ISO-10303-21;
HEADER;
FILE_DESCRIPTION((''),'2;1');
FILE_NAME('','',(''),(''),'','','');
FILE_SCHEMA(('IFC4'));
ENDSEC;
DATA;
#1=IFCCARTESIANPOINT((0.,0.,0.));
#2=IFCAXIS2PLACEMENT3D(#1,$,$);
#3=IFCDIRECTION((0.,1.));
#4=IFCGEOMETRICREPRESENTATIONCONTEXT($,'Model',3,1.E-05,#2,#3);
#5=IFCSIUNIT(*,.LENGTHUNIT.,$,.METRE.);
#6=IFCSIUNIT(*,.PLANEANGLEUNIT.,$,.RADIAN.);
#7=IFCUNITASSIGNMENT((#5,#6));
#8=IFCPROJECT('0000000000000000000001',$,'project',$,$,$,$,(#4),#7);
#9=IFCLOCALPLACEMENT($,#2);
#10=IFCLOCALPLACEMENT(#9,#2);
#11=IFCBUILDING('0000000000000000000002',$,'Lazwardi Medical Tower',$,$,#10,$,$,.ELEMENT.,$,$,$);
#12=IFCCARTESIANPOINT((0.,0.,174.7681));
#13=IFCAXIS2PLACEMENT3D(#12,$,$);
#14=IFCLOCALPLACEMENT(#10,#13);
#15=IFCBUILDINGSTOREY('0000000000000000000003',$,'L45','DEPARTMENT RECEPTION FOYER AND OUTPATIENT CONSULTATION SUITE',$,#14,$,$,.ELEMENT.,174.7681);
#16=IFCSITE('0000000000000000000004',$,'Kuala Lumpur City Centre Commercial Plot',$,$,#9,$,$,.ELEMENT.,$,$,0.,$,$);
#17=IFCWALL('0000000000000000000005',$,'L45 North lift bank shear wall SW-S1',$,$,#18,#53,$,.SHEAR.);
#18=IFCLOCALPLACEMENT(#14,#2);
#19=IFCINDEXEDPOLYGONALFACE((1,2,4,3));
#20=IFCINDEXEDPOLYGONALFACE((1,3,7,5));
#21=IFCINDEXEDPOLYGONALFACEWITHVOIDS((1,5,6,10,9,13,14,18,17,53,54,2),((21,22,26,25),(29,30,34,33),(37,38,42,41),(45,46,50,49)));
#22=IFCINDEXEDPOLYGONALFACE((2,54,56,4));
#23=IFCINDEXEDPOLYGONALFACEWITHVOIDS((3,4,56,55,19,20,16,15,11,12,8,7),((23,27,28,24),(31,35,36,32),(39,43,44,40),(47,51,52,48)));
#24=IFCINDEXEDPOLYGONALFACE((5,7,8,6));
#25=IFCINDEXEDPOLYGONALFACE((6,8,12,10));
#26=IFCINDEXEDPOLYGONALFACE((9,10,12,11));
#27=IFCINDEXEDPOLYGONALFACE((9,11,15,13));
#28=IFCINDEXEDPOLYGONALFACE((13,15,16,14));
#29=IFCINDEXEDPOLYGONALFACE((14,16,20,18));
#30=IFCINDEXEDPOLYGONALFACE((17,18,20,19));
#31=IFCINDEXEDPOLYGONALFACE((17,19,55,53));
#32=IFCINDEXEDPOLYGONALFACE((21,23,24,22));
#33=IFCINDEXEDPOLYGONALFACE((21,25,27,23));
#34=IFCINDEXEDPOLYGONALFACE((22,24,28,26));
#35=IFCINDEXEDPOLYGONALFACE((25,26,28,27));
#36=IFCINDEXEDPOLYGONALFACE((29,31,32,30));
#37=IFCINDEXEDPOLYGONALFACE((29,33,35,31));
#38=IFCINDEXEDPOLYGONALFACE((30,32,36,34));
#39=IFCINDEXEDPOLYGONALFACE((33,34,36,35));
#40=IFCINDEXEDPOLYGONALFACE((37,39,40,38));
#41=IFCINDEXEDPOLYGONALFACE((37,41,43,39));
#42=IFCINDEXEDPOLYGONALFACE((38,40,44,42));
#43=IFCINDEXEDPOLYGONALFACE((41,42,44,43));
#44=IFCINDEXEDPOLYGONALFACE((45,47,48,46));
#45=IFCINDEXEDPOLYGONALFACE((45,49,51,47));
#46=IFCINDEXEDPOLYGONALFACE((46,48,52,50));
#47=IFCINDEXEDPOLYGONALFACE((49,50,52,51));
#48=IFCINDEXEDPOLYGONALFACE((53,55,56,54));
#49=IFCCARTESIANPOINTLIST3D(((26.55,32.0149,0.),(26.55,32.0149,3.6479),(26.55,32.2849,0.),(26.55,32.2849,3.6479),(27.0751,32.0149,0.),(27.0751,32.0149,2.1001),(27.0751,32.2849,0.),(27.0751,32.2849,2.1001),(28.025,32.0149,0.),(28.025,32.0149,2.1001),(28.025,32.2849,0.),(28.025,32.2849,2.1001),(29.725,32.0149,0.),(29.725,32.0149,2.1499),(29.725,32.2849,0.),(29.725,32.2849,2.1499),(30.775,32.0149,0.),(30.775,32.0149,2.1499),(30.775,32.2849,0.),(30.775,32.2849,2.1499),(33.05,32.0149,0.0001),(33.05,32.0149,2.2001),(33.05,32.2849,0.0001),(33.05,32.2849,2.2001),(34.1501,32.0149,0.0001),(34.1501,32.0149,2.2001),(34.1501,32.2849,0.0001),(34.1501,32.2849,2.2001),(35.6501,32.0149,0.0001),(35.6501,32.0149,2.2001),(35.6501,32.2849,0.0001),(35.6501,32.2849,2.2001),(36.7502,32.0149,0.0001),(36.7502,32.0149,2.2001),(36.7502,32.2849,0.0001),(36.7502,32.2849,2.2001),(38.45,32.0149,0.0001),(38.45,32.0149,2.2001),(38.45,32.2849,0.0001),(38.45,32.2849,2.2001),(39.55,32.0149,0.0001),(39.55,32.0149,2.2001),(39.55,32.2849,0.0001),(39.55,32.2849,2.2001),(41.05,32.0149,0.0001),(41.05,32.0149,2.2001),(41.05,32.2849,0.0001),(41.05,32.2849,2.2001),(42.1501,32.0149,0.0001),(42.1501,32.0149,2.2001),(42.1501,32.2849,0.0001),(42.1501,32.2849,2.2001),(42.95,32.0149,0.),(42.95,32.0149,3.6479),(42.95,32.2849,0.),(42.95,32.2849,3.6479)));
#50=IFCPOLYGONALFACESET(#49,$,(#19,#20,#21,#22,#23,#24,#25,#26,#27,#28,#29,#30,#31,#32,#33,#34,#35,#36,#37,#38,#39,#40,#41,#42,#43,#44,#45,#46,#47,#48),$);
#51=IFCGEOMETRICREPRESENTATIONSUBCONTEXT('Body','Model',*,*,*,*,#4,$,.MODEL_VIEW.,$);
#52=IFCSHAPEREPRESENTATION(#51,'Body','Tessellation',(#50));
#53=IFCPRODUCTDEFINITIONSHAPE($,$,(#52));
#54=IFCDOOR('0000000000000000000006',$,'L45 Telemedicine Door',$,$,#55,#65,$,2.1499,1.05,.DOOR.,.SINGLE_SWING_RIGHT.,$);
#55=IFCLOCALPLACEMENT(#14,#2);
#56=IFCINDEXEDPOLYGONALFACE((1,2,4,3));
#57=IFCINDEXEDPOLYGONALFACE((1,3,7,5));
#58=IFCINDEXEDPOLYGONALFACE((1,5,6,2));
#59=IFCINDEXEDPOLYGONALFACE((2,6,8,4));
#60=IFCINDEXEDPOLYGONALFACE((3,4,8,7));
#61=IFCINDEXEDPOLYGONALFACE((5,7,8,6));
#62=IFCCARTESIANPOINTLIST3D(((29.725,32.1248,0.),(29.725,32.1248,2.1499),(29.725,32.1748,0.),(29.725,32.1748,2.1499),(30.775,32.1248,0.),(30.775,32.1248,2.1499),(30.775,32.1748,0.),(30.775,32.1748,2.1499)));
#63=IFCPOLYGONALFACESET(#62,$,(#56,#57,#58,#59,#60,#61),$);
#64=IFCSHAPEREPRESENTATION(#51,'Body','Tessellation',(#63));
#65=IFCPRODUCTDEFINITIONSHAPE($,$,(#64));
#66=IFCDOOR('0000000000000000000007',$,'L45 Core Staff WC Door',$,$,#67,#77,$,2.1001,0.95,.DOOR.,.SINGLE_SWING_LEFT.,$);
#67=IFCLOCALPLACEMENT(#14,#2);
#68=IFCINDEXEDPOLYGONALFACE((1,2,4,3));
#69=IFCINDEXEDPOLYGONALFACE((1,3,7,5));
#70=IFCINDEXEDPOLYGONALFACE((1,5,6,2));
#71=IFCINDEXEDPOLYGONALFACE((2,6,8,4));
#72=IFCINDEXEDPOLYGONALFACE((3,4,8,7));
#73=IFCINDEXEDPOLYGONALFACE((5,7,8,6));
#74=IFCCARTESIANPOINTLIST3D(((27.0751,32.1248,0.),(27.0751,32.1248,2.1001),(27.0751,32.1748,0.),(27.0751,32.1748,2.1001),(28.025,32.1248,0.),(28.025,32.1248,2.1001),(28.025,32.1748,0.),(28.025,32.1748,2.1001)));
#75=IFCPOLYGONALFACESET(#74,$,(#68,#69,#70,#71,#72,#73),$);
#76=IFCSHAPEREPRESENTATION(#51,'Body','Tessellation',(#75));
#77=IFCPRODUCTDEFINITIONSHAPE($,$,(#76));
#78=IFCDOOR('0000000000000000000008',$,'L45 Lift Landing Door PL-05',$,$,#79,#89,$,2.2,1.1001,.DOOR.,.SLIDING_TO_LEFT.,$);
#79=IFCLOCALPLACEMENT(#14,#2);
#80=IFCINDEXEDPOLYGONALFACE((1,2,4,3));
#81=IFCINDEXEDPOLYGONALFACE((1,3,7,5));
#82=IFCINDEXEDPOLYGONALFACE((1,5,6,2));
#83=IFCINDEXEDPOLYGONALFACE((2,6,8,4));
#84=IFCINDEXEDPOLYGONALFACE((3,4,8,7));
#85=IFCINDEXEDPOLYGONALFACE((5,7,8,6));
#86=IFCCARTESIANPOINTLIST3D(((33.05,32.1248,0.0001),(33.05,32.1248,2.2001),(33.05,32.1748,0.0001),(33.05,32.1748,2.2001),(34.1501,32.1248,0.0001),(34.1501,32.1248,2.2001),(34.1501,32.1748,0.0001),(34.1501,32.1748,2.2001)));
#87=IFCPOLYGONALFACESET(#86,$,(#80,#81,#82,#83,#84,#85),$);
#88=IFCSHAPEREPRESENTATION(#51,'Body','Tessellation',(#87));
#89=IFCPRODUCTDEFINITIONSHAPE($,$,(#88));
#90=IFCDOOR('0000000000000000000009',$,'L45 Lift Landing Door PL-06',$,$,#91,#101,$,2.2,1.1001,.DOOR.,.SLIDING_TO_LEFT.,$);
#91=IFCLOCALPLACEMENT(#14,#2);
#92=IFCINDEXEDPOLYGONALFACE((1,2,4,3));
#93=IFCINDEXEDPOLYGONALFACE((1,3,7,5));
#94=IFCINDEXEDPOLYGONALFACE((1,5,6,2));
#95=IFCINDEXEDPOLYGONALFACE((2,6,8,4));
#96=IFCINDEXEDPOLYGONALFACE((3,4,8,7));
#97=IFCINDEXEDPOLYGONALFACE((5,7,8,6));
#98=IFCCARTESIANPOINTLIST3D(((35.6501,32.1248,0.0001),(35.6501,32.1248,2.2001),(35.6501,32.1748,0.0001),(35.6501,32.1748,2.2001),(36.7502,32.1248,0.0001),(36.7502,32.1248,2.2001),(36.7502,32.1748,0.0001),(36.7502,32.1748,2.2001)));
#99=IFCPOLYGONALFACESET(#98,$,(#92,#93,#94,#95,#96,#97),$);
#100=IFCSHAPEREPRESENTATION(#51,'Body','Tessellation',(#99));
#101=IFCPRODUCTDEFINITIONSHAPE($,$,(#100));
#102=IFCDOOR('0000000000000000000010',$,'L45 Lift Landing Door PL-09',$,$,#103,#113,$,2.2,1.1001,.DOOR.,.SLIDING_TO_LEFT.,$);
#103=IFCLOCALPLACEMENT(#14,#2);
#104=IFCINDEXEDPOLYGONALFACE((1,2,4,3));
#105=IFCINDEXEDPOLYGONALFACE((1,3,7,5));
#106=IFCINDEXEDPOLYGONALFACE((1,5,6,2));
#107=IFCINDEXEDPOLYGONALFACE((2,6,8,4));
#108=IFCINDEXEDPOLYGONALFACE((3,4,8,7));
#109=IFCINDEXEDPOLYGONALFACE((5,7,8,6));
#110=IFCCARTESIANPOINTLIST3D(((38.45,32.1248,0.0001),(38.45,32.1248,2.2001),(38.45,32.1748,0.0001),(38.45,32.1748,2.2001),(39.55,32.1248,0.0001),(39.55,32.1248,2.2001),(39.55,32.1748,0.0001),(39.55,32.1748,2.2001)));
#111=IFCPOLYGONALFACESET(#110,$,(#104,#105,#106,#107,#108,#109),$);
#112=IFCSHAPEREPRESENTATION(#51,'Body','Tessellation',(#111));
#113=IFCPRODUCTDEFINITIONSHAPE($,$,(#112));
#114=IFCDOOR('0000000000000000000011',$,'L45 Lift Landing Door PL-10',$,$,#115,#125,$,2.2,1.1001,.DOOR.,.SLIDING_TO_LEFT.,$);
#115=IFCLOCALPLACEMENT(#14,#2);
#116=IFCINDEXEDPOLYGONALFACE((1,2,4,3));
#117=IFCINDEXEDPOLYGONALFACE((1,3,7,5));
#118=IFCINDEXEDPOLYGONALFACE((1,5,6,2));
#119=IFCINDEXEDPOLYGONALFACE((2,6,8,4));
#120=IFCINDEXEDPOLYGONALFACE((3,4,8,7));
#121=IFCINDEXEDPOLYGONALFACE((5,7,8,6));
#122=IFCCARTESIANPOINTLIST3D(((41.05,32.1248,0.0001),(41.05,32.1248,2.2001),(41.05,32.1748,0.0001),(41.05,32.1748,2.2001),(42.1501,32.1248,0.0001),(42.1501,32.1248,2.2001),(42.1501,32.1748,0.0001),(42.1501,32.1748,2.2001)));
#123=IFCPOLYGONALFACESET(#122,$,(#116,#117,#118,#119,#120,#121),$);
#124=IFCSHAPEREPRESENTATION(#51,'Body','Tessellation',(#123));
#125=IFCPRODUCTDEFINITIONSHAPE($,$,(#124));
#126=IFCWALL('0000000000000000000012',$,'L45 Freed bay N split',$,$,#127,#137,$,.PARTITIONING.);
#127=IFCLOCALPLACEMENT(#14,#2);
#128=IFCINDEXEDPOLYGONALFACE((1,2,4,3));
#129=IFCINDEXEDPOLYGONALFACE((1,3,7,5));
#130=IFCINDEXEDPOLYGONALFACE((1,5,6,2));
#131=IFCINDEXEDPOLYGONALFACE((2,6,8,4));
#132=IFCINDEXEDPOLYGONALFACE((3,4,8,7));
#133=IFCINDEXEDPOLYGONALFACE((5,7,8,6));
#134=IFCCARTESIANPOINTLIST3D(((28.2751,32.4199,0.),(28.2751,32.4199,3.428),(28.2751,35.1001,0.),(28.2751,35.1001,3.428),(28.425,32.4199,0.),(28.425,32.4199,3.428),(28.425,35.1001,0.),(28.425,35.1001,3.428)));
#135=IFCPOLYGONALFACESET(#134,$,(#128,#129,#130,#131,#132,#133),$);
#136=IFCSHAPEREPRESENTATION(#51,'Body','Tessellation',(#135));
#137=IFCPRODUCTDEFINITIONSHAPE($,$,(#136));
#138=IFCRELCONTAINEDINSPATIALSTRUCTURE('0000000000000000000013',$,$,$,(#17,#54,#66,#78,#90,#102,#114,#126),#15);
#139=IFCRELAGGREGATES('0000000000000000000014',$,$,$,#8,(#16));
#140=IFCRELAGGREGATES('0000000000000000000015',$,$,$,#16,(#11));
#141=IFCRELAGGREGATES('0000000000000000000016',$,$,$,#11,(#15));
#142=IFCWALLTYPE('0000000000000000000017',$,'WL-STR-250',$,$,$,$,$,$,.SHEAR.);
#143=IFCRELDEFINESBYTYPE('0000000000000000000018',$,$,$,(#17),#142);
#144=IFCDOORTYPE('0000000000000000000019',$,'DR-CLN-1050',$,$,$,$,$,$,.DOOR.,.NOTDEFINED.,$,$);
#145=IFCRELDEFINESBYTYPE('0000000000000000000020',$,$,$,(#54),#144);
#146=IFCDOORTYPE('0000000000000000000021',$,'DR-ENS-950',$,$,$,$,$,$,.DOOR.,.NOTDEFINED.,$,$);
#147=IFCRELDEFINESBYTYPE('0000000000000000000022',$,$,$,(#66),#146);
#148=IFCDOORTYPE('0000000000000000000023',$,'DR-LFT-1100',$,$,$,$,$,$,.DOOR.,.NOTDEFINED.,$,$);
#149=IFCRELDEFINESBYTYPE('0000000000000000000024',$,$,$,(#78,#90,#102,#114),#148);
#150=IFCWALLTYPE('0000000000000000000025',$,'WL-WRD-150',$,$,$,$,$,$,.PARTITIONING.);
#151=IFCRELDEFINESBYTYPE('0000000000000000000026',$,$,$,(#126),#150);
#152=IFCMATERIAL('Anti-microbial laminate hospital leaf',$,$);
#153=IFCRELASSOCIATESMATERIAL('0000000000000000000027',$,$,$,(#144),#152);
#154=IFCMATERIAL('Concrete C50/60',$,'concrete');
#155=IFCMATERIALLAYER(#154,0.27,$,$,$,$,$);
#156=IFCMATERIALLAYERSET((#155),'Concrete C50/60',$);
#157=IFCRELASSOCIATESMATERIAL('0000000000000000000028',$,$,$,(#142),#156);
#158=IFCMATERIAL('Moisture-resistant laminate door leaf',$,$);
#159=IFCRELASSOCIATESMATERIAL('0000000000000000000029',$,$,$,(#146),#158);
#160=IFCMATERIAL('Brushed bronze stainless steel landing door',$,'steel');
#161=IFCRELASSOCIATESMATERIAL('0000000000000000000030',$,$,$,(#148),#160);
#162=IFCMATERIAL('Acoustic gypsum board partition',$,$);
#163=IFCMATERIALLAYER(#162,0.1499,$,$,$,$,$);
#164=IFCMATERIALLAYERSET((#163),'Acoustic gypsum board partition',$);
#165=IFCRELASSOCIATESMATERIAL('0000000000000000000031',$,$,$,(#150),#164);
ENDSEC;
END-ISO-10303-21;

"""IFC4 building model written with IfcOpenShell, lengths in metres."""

from ifc_helpers import new_model, si_unit, direction, frame, frame_2d, origin, place, context, subcontext, project, spatial, rectangle, extrude, material, layer, layer_set, type_object, element, fill, save


model = new_model("IFC4")

# Units and contexts
model_context = context("Model", 3, precision=1e-05, world=origin(), true_north=direction((0.0, 1.0)))
body_context = subcontext(model_context, "Body", "Model", "MODEL_VIEW")
ifc_project = project(units=[si_unit("LENGTHUNIT", "METRE"), si_unit("PLANEANGLEUNIT", "RADIAN")], contexts=[model_context])

# Site, building, storey
site_placement = place(None, origin())
site = spatial("IfcSite", under=ifc_project, at=site_placement, Name="Kuala Lumpur City Centre Commercial Plot", CompositionType="ELEMENT", RefElevation=0.0)
building_placement = place(site_placement, origin())
building = spatial("IfcBuilding", under=site, at=building_placement, Name="Lazwardi Medical Tower", CompositionType="ELEMENT")
storey_placement = place(building_placement, frame((0.0, 0.0, 174.7681)))
storey = spatial("IfcBuildingStorey", under=building, at=storey_placement, Name="L45", Description="DEPARTMENT RECEPTION FOYER AND OUTPATIENT CONSULTATION SUITE", CompositionType="ELEMENT", Elevation=174.7681)

# Shared definitions
ifc_material_1 = material(Name="Anti-microbial laminate hospital leaf")
door_type_1 = type_object("IfcDoorType", Name="DR-CLN-1050", OperationType="NOTDEFINED", PredefinedType="DOOR", material=ifc_material_1)

# Shared definitions
ifc_material_2 = material(Name="Concrete C50/60", Category="concrete")
ifc_layer_1 = layer(ifc_material_2, 0.27)
ifc_layer_set_1 = layer_set([ifc_layer_1], Name="Concrete C50/60")
wall_type_1 = type_object("IfcWallType", Name="WL-STR-250", PredefinedType="SHEAR", material=ifc_layer_set_1)

# Wall, openings, doors
wall_1_placement = place(storey_placement, frame((26.55, 32.1499, 0.0), z_axis=(0.0, 0.0, 1.0), x_axis=(1.0, 0.0, 0.0)))
wall_1 = element("IfcWall", 1, at=wall_1_placement, inside=storey, type_object=wall_type_1, Name="L45 North lift bank shear wall SW-S1", PredefinedType="SHEAR", context=body_context, shape_type="SweptSolid", body=[
    extrude(rectangle(XDim=16.3999, YDim=0.27, at=frame_2d((8.2, 0.0))), origin(), (0.0, 0.0, 1.0), 3.6479),
])
opening_1_placement = place(wall_1_placement, frame((0.5249, 0.0, 0.0)))
opening_1 = element("IfcOpeningElement", 2, at=opening_1_placement, cuts=wall_1, PredefinedType="OPENING", context=body_context, shape_type="SweptSolid", body=[
    extrude(rectangle(XDim=0.95, YDim=2.1001, at=frame_2d((0.4751, 1.05))), frame((0.0, 0.145, 0.0), z_axis=(0.0, -1.0, 0.0), x_axis=(1.0, 0.0, 0.0)), (0.0, 0.0, 1.0), 0.29),
])
opening_2_placement = place(wall_1_placement, frame((3.175, 0.0, 0.0)))
opening_2 = element("IfcOpeningElement", 3, at=opening_2_placement, cuts=wall_1, PredefinedType="OPENING", context=body_context, shape_type="SweptSolid", body=[
    extrude(rectangle(XDim=1.05, YDim=2.1499, at=frame_2d((0.5249, 1.075))), frame((0.0, 0.145, 0.0), z_axis=(0.0, -1.0, 0.0), x_axis=(1.0, 0.0, 0.0)), (0.0, 0.0, 1.0), 0.29),
])
opening_3_placement = place(wall_1_placement, frame((6.5, 0.0, 0.0)))
opening_3 = element("IfcOpeningElement", 4, at=opening_3_placement, cuts=wall_1, PredefinedType="OPENING", context=body_context, shape_type="SweptSolid", body=[
    extrude(rectangle(XDim=1.1001, YDim=2.2, at=frame_2d((0.55, 1.1001))), frame((0.0, 0.145, 0.0), z_axis=(0.0, -1.0, 0.0), x_axis=(1.0, 0.0, 0.0)), (0.0, 0.0, 1.0), 0.29),
])
opening_4_placement = place(wall_1_placement, frame((9.1001, 0.0, 0.0)))
opening_4 = element("IfcOpeningElement", 5, at=opening_4_placement, cuts=wall_1, PredefinedType="OPENING", context=body_context, shape_type="SweptSolid", body=[
    extrude(rectangle(XDim=1.1001, YDim=2.2, at=frame_2d((0.55, 1.1001))), frame((0.0, 0.145, 0.0), z_axis=(0.0, -1.0, 0.0), x_axis=(1.0, 0.0, 0.0)), (0.0, 0.0, 1.0), 0.29),
])
opening_5_placement = place(wall_1_placement, frame((11.8999, 0.0, 0.0)))
opening_5 = element("IfcOpeningElement", 6, at=opening_5_placement, cuts=wall_1, PredefinedType="OPENING", context=body_context, shape_type="SweptSolid", body=[
    extrude(rectangle(XDim=1.1001, YDim=2.2, at=frame_2d((0.55, 1.1001))), frame((0.0, 0.145, 0.0), z_axis=(0.0, -1.0, 0.0), x_axis=(1.0, 0.0, 0.0)), (0.0, 0.0, 1.0), 0.29),
])
opening_6_placement = place(wall_1_placement, frame((14.5, 0.0, 0.0)))
opening_6 = element("IfcOpeningElement", 7, at=opening_6_placement, cuts=wall_1, PredefinedType="OPENING", context=body_context, shape_type="SweptSolid", body=[
    extrude(rectangle(XDim=1.1001, YDim=2.2, at=frame_2d((0.55, 1.1001))), frame((0.0, 0.145, 0.0), z_axis=(0.0, -1.0, 0.0), x_axis=(1.0, 0.0, 0.0)), (0.0, 0.0, 1.0), 0.29),
])
door_1_placement = place(opening_2_placement, origin())
door_1 = element("IfcDoor", 8, at=door_1_placement, inside=storey, type_object=door_type_1, Name="L45 Telemedicine Door", OperationType="SINGLE_SWING_RIGHT", OverallHeight=2.1499, OverallWidth=1.05, PredefinedType="DOOR", context=body_context, shape_type="SweptSolid", body=[
    extrude(rectangle(XDim=1.05, YDim=2.1499, at=frame_2d((0.5249, 1.075))), frame((0.0, 0.0249, 0.0), z_axis=(0.0, -1.0, 0.0), x_axis=(1.0, 0.0, 0.0)), (0.0, 0.0, 1.0), 0.05),
])
fill(opening_2, door_1)
ifc_material_3 = material(Name="Moisture-resistant laminate door leaf")
door_type_2 = type_object("IfcDoorType", Name="DR-ENS-950", OperationType="NOTDEFINED", PredefinedType="DOOR", material=ifc_material_3)
door_2_placement = place(opening_1_placement, origin())
door_2 = element("IfcDoor", 9, at=door_2_placement, inside=storey, type_object=door_type_2, Name="L45 Core Staff WC Door", OperationType="SINGLE_SWING_LEFT", OverallHeight=2.1001, OverallWidth=0.95, PredefinedType="DOOR", context=body_context, shape_type="SweptSolid", body=[
    extrude(rectangle(XDim=0.95, YDim=2.1001, at=frame_2d((0.4751, 1.05))), frame((0.0, 0.0249, 0.0), z_axis=(0.0, -1.0, 0.0), x_axis=(1.0, 0.0, 0.0)), (0.0, 0.0, 1.0), 0.05),
])
fill(opening_1, door_2)
ifc_material_4 = material(Name="Brushed bronze stainless steel landing door", Category="steel")
door_type_3 = type_object("IfcDoorType", Name="DR-LFT-1100", OperationType="NOTDEFINED", PredefinedType="DOOR", material=ifc_material_4)
door_3_placement = place(opening_3_placement, origin())
door_3 = element("IfcDoor", 10, at=door_3_placement, inside=storey, type_object=door_type_3, Name="L45 Lift Landing Door PL-05", OperationType="SLIDING_TO_LEFT", OverallHeight=2.2, OverallWidth=1.1001, PredefinedType="DOOR", context=body_context, shape_type="SweptSolid", body=[
    extrude(rectangle(XDim=1.1001, YDim=2.2, at=frame_2d((0.55, 1.1001))), frame((0.0, 0.0249, 0.0), z_axis=(0.0, -1.0, 0.0), x_axis=(1.0, 0.0, 0.0)), (0.0, 0.0, 1.0), 0.05),
])
fill(opening_3, door_3)
door_4_placement = place(opening_4_placement, origin())
door_4 = element("IfcDoor", 11, at=door_4_placement, inside=storey, type_object=door_type_3, Name="L45 Lift Landing Door PL-06", OperationType="SLIDING_TO_LEFT", OverallHeight=2.2, OverallWidth=1.1001, PredefinedType="DOOR", context=body_context, shape_type="SweptSolid", body=[
    extrude(rectangle(XDim=1.1001, YDim=2.2, at=frame_2d((0.55, 1.1001))), frame((0.0, 0.0249, 0.0), z_axis=(0.0, -1.0, 0.0), x_axis=(1.0, 0.0, 0.0)), (0.0, 0.0, 1.0), 0.05),
])
fill(opening_4, door_4)
door_5_placement = place(opening_5_placement, origin())
door_5 = element("IfcDoor", 12, at=door_5_placement, inside=storey, type_object=door_type_3, Name="L45 Lift Landing Door PL-09", OperationType="SLIDING_TO_LEFT", OverallHeight=2.2, OverallWidth=1.1001, PredefinedType="DOOR", context=body_context, shape_type="SweptSolid", body=[
    extrude(rectangle(XDim=1.1001, YDim=2.2, at=frame_2d((0.55, 1.1001))), frame((0.0, 0.0249, 0.0), z_axis=(0.0, -1.0, 0.0), x_axis=(1.0, 0.0, 0.0)), (0.0, 0.0, 1.0), 0.05),
])
fill(opening_5, door_5)
door_6_placement = place(opening_6_placement, origin())
door_6 = element("IfcDoor", 13, at=door_6_placement, inside=storey, type_object=door_type_3, Name="L45 Lift Landing Door PL-10", OperationType="SLIDING_TO_LEFT", OverallHeight=2.2, OverallWidth=1.1001, PredefinedType="DOOR", context=body_context, shape_type="SweptSolid", body=[
    extrude(rectangle(XDim=1.1001, YDim=2.2, at=frame_2d((0.55, 1.1001))), frame((0.0, 0.0249, 0.0), z_axis=(0.0, -1.0, 0.0), x_axis=(1.0, 0.0, 0.0)), (0.0, 0.0, 1.0), 0.05),
])
fill(opening_6, door_6)

# Wall
ifc_material_5 = material(Name="Acoustic gypsum board partition")
ifc_layer_2 = layer(ifc_material_5, 0.1499)
ifc_layer_set_2 = layer_set([ifc_layer_2], Name="Acoustic gypsum board partition")
wall_type_2 = type_object("IfcWallType", Name="WL-WRD-150", PredefinedType="PARTITIONING", material=ifc_layer_set_2)
wall_2_placement = place(storey_placement, frame((28.3501, 32.4199, 0.0), z_axis=(0.0, 0.0, 1.0), x_axis=(0.0, 1.0, 0.0)))
element("IfcWall", 14, at=wall_2_placement, inside=storey, type_object=wall_type_2, Name="L45 Freed bay N split", PredefinedType="PARTITIONING", context=body_context, shape_type="SweptSolid", body=[
    extrude(rectangle(XDim=2.6802, YDim=0.1499, at=frame_2d((1.3401, 0.0))), origin(), (0.0, 0.0, 1.0), 3.428),
])

save(model, "model.ifc")
